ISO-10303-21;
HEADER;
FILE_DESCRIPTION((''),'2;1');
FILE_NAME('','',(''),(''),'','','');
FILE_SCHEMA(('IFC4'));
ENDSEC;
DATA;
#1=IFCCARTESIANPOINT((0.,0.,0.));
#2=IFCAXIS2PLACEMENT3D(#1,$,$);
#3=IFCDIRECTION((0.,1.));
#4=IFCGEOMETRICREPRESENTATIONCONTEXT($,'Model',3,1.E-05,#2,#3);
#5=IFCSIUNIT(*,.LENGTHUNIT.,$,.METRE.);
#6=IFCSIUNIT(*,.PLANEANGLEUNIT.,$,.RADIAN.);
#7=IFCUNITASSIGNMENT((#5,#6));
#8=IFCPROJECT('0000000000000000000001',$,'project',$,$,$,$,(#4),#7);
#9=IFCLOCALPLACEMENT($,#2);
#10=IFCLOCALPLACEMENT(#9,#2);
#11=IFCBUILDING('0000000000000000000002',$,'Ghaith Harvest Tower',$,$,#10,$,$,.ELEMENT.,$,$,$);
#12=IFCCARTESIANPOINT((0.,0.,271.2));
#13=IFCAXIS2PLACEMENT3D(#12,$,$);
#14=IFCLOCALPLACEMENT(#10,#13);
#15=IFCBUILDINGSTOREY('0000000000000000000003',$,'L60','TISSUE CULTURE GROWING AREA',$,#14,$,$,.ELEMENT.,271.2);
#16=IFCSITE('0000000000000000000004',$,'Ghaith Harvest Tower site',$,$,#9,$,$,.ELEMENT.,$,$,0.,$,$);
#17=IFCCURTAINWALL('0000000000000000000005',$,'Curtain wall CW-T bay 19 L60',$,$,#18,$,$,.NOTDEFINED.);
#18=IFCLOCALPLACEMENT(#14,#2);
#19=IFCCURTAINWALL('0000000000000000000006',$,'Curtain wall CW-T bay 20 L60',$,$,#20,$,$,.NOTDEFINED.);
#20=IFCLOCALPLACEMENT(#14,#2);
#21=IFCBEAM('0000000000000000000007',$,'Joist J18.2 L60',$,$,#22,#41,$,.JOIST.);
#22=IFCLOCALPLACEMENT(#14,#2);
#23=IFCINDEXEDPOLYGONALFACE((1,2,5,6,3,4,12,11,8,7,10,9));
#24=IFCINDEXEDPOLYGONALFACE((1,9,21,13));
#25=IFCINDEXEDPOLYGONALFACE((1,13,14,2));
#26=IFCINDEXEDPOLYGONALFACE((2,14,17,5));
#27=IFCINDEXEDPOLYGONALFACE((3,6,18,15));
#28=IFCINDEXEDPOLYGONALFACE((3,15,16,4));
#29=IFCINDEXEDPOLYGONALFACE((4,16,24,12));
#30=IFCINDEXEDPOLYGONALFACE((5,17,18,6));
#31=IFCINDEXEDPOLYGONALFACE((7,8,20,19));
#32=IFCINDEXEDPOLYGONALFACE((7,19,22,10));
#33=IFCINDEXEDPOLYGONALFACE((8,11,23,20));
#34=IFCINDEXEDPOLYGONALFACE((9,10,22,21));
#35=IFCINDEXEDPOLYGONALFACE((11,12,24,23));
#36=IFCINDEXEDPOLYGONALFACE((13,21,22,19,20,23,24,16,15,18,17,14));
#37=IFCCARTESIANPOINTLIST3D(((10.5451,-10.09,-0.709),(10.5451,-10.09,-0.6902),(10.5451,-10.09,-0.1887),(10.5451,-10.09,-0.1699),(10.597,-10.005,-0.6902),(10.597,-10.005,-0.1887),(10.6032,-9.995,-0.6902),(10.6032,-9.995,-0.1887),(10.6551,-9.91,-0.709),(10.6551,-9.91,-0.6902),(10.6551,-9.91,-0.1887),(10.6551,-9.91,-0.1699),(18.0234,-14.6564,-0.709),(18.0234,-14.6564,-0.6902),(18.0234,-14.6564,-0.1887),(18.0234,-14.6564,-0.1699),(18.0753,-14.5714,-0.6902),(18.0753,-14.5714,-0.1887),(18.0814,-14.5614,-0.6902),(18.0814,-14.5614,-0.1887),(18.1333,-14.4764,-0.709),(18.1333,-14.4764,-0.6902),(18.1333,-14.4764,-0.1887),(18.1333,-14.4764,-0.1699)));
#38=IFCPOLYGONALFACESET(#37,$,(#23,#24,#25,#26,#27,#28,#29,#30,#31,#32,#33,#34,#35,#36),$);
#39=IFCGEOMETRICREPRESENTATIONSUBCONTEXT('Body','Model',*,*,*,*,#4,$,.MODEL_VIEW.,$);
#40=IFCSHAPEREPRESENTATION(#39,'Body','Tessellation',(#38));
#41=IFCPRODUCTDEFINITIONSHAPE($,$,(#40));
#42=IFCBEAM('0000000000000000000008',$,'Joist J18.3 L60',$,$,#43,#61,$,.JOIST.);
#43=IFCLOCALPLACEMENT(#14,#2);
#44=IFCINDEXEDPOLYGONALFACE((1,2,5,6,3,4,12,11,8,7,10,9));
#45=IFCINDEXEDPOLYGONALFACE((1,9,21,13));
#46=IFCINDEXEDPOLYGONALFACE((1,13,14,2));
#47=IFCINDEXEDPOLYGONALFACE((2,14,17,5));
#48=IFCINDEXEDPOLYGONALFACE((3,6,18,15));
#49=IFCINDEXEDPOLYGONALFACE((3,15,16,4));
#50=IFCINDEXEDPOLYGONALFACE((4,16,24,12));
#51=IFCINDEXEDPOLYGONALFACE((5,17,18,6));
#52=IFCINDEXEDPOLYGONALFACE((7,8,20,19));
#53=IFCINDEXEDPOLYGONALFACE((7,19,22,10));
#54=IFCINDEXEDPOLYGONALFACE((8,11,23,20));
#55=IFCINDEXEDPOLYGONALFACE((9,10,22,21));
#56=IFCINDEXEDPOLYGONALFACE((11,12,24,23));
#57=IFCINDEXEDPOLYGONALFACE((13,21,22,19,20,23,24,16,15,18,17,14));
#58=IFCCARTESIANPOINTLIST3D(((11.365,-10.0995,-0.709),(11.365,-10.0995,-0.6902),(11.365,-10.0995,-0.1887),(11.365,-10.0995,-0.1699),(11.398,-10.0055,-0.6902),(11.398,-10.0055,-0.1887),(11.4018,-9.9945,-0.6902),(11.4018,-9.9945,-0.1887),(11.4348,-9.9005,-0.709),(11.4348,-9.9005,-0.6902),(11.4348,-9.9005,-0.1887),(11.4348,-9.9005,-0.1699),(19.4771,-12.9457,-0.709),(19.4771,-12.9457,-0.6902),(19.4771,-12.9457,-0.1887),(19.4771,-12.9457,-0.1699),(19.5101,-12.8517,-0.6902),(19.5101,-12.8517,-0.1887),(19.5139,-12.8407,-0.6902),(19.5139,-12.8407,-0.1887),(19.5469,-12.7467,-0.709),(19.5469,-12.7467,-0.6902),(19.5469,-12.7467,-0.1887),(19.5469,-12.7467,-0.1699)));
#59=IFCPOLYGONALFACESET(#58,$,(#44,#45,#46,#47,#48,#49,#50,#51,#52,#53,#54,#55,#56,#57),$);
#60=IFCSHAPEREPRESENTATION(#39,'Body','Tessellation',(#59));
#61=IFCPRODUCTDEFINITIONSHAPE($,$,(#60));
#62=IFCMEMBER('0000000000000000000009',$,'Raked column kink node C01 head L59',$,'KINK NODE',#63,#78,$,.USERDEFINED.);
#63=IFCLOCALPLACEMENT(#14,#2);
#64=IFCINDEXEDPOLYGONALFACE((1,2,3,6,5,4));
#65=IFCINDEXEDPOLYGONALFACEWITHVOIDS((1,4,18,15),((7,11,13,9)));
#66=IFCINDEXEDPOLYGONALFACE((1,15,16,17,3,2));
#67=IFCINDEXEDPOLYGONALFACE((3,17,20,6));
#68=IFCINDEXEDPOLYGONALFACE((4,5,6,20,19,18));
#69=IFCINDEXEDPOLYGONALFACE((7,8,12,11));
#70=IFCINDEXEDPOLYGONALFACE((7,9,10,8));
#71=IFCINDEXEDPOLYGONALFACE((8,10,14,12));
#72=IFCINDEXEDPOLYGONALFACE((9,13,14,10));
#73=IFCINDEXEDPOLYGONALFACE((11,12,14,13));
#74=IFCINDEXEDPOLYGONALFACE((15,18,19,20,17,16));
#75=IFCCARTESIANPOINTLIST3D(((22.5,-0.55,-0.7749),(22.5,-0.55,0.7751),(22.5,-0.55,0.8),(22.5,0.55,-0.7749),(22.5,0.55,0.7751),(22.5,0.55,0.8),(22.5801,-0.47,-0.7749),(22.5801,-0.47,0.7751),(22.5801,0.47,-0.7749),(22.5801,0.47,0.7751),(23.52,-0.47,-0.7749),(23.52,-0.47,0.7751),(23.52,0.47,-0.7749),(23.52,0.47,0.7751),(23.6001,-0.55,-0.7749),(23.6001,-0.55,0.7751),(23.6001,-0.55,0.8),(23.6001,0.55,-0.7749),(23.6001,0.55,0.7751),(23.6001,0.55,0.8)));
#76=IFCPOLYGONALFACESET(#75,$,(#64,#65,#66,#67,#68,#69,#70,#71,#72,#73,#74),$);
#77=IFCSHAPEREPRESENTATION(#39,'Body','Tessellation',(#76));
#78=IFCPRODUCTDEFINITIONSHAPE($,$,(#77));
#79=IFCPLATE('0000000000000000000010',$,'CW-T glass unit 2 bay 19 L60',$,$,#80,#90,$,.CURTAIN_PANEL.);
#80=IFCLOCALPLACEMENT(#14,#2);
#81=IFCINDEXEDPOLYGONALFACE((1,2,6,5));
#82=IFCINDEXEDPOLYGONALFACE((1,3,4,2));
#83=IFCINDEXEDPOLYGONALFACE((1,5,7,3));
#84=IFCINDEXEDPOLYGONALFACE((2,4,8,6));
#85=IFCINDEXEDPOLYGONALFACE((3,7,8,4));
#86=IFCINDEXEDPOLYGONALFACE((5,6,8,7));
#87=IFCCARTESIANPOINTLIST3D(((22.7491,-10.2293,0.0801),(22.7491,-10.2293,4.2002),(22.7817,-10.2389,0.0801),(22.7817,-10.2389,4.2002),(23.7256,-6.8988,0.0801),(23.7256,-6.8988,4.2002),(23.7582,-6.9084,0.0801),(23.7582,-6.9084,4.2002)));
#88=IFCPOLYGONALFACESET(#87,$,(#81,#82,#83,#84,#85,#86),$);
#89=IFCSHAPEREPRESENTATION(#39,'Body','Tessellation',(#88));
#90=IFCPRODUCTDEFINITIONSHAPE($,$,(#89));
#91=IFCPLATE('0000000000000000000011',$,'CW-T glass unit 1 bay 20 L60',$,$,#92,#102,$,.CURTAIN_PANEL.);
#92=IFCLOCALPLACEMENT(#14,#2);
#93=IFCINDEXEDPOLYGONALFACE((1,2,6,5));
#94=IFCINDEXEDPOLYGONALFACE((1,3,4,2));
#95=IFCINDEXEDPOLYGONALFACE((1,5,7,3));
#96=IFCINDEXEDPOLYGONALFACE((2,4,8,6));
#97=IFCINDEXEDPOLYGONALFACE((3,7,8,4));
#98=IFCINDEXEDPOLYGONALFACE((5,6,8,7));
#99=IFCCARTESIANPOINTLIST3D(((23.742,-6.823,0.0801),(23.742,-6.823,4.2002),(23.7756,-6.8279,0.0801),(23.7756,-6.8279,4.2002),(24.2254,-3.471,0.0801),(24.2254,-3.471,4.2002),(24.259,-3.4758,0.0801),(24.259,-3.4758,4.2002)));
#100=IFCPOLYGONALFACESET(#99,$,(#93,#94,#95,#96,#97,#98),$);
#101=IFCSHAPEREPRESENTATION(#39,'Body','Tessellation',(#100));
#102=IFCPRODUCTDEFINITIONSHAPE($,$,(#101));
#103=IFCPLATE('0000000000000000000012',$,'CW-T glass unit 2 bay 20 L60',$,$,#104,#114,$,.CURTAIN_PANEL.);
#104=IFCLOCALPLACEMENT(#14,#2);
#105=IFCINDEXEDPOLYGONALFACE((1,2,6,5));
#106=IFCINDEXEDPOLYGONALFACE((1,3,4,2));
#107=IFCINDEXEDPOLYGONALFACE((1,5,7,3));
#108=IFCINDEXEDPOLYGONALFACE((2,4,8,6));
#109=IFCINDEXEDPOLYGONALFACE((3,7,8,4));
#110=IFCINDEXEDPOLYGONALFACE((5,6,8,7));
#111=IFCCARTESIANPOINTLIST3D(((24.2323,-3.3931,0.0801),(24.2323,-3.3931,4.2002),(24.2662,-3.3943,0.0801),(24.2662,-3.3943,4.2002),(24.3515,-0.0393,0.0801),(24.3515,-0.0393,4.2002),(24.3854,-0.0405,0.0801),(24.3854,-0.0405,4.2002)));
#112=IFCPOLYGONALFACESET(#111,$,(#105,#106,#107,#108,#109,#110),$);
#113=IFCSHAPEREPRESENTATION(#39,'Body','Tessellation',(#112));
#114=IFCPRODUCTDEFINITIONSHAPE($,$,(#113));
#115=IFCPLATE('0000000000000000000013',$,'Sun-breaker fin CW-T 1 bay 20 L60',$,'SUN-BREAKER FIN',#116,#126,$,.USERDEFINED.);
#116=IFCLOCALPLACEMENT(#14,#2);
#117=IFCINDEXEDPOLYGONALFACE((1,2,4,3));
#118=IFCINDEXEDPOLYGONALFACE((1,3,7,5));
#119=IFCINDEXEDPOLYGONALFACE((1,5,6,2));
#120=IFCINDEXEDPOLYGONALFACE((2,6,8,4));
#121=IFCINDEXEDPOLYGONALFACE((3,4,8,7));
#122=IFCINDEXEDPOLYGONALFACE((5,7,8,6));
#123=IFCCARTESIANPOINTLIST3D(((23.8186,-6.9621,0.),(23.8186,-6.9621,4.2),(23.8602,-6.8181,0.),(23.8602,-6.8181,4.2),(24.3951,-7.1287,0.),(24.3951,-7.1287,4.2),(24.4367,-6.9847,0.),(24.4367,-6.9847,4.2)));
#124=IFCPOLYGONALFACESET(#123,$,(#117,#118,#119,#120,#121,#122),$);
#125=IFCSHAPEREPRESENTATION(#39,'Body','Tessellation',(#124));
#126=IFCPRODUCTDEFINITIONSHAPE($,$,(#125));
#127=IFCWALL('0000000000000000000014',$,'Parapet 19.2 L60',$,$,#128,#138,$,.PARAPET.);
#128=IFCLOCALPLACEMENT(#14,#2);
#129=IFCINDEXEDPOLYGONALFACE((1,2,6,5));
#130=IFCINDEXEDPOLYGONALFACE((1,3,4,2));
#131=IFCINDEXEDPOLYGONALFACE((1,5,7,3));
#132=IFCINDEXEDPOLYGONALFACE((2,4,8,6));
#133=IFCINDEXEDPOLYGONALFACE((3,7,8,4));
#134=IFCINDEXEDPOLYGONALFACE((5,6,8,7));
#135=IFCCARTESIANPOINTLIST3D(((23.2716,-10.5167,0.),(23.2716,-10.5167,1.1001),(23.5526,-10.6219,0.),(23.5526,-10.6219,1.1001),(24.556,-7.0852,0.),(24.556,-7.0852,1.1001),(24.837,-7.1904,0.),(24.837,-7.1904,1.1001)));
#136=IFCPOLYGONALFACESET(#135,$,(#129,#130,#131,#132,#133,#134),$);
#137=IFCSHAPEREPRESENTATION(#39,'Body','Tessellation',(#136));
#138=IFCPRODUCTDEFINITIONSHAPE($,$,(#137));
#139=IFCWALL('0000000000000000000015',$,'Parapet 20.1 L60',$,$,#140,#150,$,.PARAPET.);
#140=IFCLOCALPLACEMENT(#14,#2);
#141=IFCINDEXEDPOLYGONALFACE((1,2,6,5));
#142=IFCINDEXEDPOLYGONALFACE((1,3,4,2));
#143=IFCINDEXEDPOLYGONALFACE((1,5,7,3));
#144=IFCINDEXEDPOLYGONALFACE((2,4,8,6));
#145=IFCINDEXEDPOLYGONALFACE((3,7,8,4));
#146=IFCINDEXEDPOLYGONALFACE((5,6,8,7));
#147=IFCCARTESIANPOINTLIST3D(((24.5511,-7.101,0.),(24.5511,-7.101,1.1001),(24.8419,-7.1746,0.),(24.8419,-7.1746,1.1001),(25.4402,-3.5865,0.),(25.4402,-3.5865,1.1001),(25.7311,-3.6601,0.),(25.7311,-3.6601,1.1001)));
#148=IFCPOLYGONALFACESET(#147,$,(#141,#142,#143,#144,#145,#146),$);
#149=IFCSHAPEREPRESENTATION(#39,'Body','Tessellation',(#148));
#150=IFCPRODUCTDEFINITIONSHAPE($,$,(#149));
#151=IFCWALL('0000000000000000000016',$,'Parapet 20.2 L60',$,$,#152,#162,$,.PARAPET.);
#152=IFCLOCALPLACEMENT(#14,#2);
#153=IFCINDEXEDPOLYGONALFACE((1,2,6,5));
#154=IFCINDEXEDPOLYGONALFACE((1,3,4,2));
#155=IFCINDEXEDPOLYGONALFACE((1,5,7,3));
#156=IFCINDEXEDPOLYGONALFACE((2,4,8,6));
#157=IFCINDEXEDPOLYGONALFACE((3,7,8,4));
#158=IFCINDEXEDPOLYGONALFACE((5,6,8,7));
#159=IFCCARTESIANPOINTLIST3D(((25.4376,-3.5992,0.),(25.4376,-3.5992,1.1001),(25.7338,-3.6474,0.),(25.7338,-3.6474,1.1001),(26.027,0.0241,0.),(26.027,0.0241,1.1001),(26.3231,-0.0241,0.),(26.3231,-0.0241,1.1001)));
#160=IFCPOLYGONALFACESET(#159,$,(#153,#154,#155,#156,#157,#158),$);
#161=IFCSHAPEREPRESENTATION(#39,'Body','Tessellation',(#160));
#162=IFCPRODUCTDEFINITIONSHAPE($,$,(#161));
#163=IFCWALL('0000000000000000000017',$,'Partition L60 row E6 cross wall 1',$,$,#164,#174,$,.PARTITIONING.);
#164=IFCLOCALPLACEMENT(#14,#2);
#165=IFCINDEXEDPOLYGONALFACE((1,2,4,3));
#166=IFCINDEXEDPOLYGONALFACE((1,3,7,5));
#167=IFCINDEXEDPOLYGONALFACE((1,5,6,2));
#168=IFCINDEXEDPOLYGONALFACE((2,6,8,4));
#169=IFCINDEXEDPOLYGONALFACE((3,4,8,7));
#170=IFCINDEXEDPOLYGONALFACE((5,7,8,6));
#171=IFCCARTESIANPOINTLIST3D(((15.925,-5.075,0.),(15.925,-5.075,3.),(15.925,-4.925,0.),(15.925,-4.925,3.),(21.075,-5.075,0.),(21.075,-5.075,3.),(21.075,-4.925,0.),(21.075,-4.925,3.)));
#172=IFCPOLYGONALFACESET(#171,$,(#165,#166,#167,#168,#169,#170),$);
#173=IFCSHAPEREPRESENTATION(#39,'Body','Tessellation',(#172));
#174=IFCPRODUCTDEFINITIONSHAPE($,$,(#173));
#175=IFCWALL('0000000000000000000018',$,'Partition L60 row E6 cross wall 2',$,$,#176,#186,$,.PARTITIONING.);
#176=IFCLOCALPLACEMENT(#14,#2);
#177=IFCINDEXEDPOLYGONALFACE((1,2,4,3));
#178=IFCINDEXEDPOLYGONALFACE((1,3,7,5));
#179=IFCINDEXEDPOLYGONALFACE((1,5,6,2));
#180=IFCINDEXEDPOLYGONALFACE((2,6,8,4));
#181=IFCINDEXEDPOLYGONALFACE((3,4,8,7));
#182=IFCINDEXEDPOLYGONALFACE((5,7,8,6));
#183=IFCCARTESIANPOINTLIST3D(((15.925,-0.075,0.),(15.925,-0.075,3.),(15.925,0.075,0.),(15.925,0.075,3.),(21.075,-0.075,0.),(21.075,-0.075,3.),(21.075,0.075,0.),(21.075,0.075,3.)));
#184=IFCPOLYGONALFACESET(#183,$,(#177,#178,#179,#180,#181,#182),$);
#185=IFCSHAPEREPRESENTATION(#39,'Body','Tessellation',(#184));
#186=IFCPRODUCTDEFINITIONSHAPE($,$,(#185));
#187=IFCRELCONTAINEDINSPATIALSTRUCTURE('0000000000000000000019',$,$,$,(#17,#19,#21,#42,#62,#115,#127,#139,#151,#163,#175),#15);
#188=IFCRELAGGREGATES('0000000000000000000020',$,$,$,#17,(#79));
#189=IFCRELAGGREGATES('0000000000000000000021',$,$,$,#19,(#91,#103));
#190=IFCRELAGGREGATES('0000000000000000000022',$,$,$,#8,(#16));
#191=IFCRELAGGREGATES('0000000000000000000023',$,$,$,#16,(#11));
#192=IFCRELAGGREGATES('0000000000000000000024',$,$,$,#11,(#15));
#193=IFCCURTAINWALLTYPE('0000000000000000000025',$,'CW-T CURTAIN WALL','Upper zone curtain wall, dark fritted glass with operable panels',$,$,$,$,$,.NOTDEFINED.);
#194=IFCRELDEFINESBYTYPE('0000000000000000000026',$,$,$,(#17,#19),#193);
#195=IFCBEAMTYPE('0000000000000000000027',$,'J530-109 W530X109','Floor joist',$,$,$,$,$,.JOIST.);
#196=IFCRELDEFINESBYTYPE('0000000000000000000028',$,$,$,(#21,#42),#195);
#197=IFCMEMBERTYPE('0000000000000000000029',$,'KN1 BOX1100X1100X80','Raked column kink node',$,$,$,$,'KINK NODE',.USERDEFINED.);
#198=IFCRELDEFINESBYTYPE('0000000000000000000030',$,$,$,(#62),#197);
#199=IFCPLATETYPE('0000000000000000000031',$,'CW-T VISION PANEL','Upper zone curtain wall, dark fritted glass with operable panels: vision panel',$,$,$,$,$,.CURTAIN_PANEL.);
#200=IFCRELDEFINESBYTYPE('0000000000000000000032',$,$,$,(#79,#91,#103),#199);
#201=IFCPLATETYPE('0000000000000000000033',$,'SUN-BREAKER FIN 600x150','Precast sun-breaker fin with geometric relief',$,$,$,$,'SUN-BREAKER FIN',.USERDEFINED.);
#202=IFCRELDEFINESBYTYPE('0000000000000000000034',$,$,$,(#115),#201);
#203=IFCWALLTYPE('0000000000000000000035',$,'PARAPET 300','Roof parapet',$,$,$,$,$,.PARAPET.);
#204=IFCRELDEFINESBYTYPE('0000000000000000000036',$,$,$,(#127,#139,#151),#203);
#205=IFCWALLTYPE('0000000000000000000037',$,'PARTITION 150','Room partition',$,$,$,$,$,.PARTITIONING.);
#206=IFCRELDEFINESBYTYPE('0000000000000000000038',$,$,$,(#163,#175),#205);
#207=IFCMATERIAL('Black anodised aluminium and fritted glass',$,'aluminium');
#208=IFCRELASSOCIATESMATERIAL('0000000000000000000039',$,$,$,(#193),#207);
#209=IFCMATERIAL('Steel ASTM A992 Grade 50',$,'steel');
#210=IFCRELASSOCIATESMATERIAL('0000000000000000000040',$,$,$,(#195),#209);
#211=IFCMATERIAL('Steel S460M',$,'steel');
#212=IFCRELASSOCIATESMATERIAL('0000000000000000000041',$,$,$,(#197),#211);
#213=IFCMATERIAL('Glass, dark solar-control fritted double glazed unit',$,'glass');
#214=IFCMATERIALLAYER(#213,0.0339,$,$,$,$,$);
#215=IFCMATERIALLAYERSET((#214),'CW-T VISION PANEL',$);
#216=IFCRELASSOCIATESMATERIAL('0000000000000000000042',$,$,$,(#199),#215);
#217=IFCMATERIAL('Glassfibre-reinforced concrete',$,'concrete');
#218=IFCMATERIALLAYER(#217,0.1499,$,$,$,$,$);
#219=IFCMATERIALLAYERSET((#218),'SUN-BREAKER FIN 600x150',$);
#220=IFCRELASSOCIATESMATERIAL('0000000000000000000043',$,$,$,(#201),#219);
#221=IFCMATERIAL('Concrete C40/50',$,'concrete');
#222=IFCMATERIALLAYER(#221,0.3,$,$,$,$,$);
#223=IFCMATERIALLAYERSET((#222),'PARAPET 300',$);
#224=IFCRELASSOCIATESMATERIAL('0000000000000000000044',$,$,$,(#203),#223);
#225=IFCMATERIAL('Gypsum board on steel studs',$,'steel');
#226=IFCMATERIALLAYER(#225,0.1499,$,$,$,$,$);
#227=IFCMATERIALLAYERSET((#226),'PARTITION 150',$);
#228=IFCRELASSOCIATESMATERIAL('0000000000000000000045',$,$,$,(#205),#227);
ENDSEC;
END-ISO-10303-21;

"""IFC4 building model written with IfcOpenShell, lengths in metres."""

from ifc_helpers import new_model, si_unit, direction, frame, frame_2d, origin, origin_2d, place, context, subcontext, project, spatial, rectangle, hollow_rectangle, i_section, extrude, boolean, material, layer, layer_set, material_profile, profile_set, type_object, element, aggregate, save


model = new_model("IFC4")

# Units and contexts
model_context = context("Model", 3, precision=1e-05, world=origin(), true_north=direction((0.0, 1.0)))
body_context = subcontext(model_context, "Body", "Model", "MODEL_VIEW")
ifc_project = project(units=[si_unit("LENGTHUNIT", "METRE"), si_unit("PLANEANGLEUNIT", "RADIAN")], contexts=[model_context])

# Site, building, storey
site_placement = place(None, origin())
site = spatial("IfcSite", under=ifc_project, at=site_placement, Name="Ghaith Harvest Tower site", CompositionType="ELEMENT", RefElevation=0.0)
building_placement = place(site_placement, origin())
building = spatial("IfcBuilding", under=site, at=building_placement, Name="Ghaith Harvest Tower", CompositionType="ELEMENT")
storey_placement = place(building_placement, frame((0.0, 0.0, 271.2)))
storey = spatial("IfcBuildingStorey", under=building, at=storey_placement, Name="L60", Description="TISSUE CULTURE GROWING AREA", CompositionType="ELEMENT", Elevation=271.2)

# Curtain wall
ifc_material_1 = material(Name="Black anodised aluminium and fritted glass", Category="aluminium")
curtain_wall_type = type_object("IfcCurtainWallType", Name="CW-T CURTAIN WALL", Description="Upper zone curtain wall, dark fritted glass with operable panels", PredefinedType="NOTDEFINED", material=ifc_material_1)
curtain_wall_1_placement = place(storey_placement, origin())
curtain_wall_1 = element("IfcCurtainWall", 1, at=curtain_wall_1_placement, inside=storey, type_object=curtain_wall_type, Name="Curtain wall CW-T bay 19 L60", PredefinedType="NOTDEFINED")

# Curtain wall
curtain_wall_2_placement = place(storey_placement, origin())
curtain_wall_2 = element("IfcCurtainWall", 2, at=curtain_wall_2_placement, inside=storey, type_object=curtain_wall_type, Name="Curtain wall CW-T bay 20 L60", PredefinedType="NOTDEFINED")

# Beams
ifc_material_2 = material(Name="Steel ASTM A992 Grade 50", Category="steel")
ifc_material_profile_1 = material_profile(ifc_material_2, i_section(OverallWidth=0.2109, OverallDepth=0.5391, WebThickness=0.0117, FlangeThickness=0.0188, at=origin_2d()), Name="W530X109")
ifc_profile_set_1 = profile_set([ifc_material_profile_1], Name="Steel ASTM A992 Grade 50")
beam_type_1 = type_object("IfcBeamType", Name="J530-109 W530X109", Description="Floor joist", PredefinedType="JOIST", material=ifc_profile_set_1)
beam_1_placement = place(storey_placement, frame((10.6001, -10.0, -0.4395), z_axis=(0.853467, -0.521147, 0.0), x_axis=(0.521147, 0.853467, 0.0)))
element("IfcBeam", 3, at=beam_1_placement, inside=storey, type_object=beam_type_1, Name="Joist J18.2 L60", PredefinedType="JOIST", context=body_context, shape_type="SweptSolid", body=[
    extrude(i_section(OverallWidth=0.2109, OverallDepth=0.5391, WebThickness=0.0117, FlangeThickness=0.0188, at=origin_2d()), origin(), (0.0, 0.0, 1.0), 8.7622),
])
beam_2_placement = place(storey_placement, frame((11.3999, -10.0, -0.4395), z_axis=(0.943605, -0.331073, 0.0), x_axis=(0.331073, 0.943605, 0.0)))
element("IfcBeam", 4, at=beam_2_placement, inside=storey, type_object=beam_type_1, Name="Joist J18.3 L60", PredefinedType="JOIST", context=body_context, shape_type="SweptSolid", body=[
    extrude(i_section(OverallWidth=0.2109, OverallDepth=0.5391, WebThickness=0.0117, FlangeThickness=0.0188, at=origin_2d()), origin(), (0.0, 0.0, 1.0), 8.5969),
])

# Member
ifc_material_3 = material(Name="Steel S460M", Category="steel")
ifc_material_profile_2 = material_profile(ifc_material_3, hollow_rectangle(XDim=1.1001, YDim=1.1001, WallThickness=0.0801, at=origin_2d()), Name="BOX1100X1100X80")
ifc_profile_set_2 = profile_set([ifc_material_profile_2], Name="Steel S460M")
member_type_1 = type_object("IfcMemberType", Name="KN1 BOX1100X1100X80", Description="Raked column kink node", ElementType="KINK NODE", PredefinedType="USERDEFINED", material=ifc_profile_set_2)
member_1_placement = place(storey_placement, frame((23.05, 0.0, -0.7749), z_axis=(0.0, 0.0, 1.0), x_axis=(1.0, 0.0, 0.0)))
element("IfcMember", 5, at=member_1_placement, inside=storey, type_object=member_type_1, Name="Raked column kink node C01 head L59", ObjectType="KINK NODE", PredefinedType="USERDEFINED", context=body_context, shape_type="CSG", body=[
    boolean("UNION", extrude(hollow_rectangle(XDim=1.1001, YDim=1.1001, WallThickness=0.0801, at=origin_2d()), origin(), (0.0, 0.0, 1.0), 1.55), extrude(rectangle(XDim=1.1001, YDim=1.1001, at=origin_2d()), frame((0.0, 0.0, 1.55)), (0.0, 0.0, 1.0), 0.0249)),
])

# Plates
ifc_material_4 = material(Name="Glass, dark solar-control fritted double glazed unit", Category="glass")
ifc_layer_1 = layer(ifc_material_4, 0.0339)
ifc_layer_set_1 = layer_set([ifc_layer_1], Name="CW-T VISION PANEL")
plate_type_1 = type_object("IfcPlateType", Name="CW-T VISION PANEL", Description="Upper zone curtain wall, dark fritted glass with operable panels: vision panel", PredefinedType="CURTAIN_PANEL", material=ifc_layer_set_1)
plate_1_placement = place(storey_placement, frame((23.2537, -8.5688, 0.0801), z_axis=(0.0, 0.0, 1.0), x_axis=(0.281345, 0.959607, 0.0)))
plate_1 = element("IfcPlate", 6, at=plate_1_placement, type_object=plate_type_1, Name="CW-T glass unit 2 bay 19 L60", PredefinedType="CURTAIN_PANEL", context=body_context, shape_type="SweptSolid", body=[
    extrude(rectangle(XDim=3.4707, YDim=0.0339, at=origin_2d()), origin(), (0.0, 0.0, 1.0), 4.1201),
])
aggregate(curtain_wall_1, [plate_1])
plate_2_placement = place(storey_placement, frame((24.0005, -5.1494, 0.0801), z_axis=(0.0, 0.0, 1.0), x_axis=(0.14273, 0.989762, 0.0)))
plate_2 = element("IfcPlate", 7, at=plate_2_placement, type_object=plate_type_1, Name="CW-T glass unit 1 bay 20 L60", PredefinedType="CURTAIN_PANEL", context=body_context, shape_type="SweptSolid", body=[
    extrude(rectangle(XDim=3.3867, YDim=0.0339, at=origin_2d()), origin(), (0.0, 0.0, 1.0), 4.1201),
])
plate_3_placement = place(storey_placement, frame((24.3088, -1.7168, 0.0801), z_axis=(0.0, 0.0, 1.0), x_axis=(0.035536, 0.999368, 0.0)))
plate_3 = element("IfcPlate", 8, at=plate_3_placement, type_object=plate_type_1, Name="CW-T glass unit 2 bay 20 L60", PredefinedType="CURTAIN_PANEL", context=body_context, shape_type="SweptSolid", body=[
    extrude(rectangle(XDim=3.356, YDim=0.0339, at=origin_2d()), origin(), (0.0, 0.0, 1.0), 4.1201),
])
aggregate(curtain_wall_2, [plate_2, plate_3])
ifc_material_5 = material(Name="Glassfibre-reinforced concrete", Category="concrete")
ifc_layer_2 = layer(ifc_material_5, 0.1499)
ifc_layer_set_2 = layer_set([ifc_layer_2], Name="SUN-BREAKER FIN 600x150")
plate_type_2 = type_object("IfcPlateType", Name="SUN-BREAKER FIN 600x150", Description="Precast sun-breaker fin with geometric relief", ElementType="SUN-BREAKER FIN", PredefinedType="USERDEFINED", material=ifc_layer_set_2)
plate_4_placement = place(storey_placement, frame((24.1277, -6.9734, 0.0), z_axis=(0.0, 0.0, 1.0), x_axis=(0.96068, -0.277657, 0.0)))
element("IfcPlate", 9, at=plate_4_placement, inside=storey, type_object=plate_type_2, Name="Sun-breaker fin CW-T 1 bay 20 L60", ObjectType="SUN-BREAKER FIN", PredefinedType="USERDEFINED", context=body_context, shape_type="SweptSolid", body=[
    extrude(rectangle(XDim=0.6001, YDim=0.1499, at=origin_2d()), origin(), (0.0, 0.0, 1.0), 4.2),
])

# Walls
ifc_material_6 = material(Name="Concrete C40/50", Category="concrete")
ifc_layer_3 = layer(ifc_material_6, 0.3)
ifc_layer_set_3 = layer_set([ifc_layer_3], Name="PARAPET 300")
wall_type_1 = type_object("IfcWallType", Name="PARAPET 300", Description="Roof parapet", PredefinedType="PARAPET", material=ifc_layer_set_3)
wall_1_placement = place(storey_placement, frame((23.4121, -10.5693, 0.0), z_axis=(0.0, 0.0, 1.0), x_axis=(0.350539, 0.936548, 0.0)))
element("IfcWall", 10, at=wall_1_placement, inside=storey, type_object=wall_type_1, Name="Parapet 19.2 L60", PredefinedType="PARAPET", context=body_context, shape_type="SweptSolid", body=[
    extrude(rectangle(XDim=3.6641, YDim=0.3, at=frame_2d((1.832, 0.0))), origin(), (0.0, 0.0, 1.0), 1.1001),
])
wall_2_placement = place(storey_placement, frame((24.6965, -7.1377, 0.0), z_axis=(0.0, 0.0, 1.0), x_axis=(0.245276, 0.969453, 0.0)))
element("IfcWall", 11, at=wall_2_placement, inside=storey, type_object=wall_type_1, Name="Parapet 20.1 L60", PredefinedType="PARAPET", context=body_context, shape_type="SweptSolid", body=[
    extrude(rectangle(XDim=3.6252, YDim=0.3, at=frame_2d((1.8125, 0.0))), origin(), (0.0, 0.0, 1.0), 1.1001),
])
wall_3_placement = place(storey_placement, frame((25.5857, -3.6233, 0.0), z_axis=(0.0, 0.0, 1.0), x_axis=(0.160548, 0.987028, 0.0)))
element("IfcWall", 12, at=wall_3_placement, inside=storey, type_object=wall_type_1, Name="Parapet 20.2 L60", PredefinedType="PARAPET", context=body_context, shape_type="SweptSolid", body=[
    extrude(rectangle(XDim=3.6709, YDim=0.3, at=frame_2d((1.8354, 0.0))), origin(), (0.0, 0.0, 1.0), 1.1001),
])
ifc_material_7 = material(Name="Gypsum board on steel studs", Category="steel")
ifc_layer_4 = layer(ifc_material_7, 0.1499)
ifc_layer_set_4 = layer_set([ifc_layer_4], Name="PARTITION 150")
wall_type_2 = type_object("IfcWallType", Name="PARTITION 150", Description="Room partition", PredefinedType="PARTITIONING", material=ifc_layer_set_4)
for number, where, z_axis, x_axis, name in (
    (13, (15.925, -5.0, 0.0), (0.0, 0.0, 1.0), (1.0, 0.0, 0.0), "Partition L60 row E6 cross wall 1"),
    (14, (15.925, 0.0, 0.0), (0.0, 0.0, 1.0), (1.0, 0.0, 0.0), "Partition L60 row E6 cross wall 2"),
):
    element("IfcWall", number, at=place(storey_placement, frame(where, z_axis=z_axis, x_axis=x_axis)), inside=storey, type_object=wall_type_2, Name=name, PredefinedType="PARTITIONING", context=body_context, shape_type="SweptSolid", body=[
        extrude(rectangle(XDim=5.1499, YDim=0.1499, at=frame_2d((2.575, 0.0))), origin(), (0.0, 0.0, 1.0), 3.0),
    ])

save(model, "model.ifc")
